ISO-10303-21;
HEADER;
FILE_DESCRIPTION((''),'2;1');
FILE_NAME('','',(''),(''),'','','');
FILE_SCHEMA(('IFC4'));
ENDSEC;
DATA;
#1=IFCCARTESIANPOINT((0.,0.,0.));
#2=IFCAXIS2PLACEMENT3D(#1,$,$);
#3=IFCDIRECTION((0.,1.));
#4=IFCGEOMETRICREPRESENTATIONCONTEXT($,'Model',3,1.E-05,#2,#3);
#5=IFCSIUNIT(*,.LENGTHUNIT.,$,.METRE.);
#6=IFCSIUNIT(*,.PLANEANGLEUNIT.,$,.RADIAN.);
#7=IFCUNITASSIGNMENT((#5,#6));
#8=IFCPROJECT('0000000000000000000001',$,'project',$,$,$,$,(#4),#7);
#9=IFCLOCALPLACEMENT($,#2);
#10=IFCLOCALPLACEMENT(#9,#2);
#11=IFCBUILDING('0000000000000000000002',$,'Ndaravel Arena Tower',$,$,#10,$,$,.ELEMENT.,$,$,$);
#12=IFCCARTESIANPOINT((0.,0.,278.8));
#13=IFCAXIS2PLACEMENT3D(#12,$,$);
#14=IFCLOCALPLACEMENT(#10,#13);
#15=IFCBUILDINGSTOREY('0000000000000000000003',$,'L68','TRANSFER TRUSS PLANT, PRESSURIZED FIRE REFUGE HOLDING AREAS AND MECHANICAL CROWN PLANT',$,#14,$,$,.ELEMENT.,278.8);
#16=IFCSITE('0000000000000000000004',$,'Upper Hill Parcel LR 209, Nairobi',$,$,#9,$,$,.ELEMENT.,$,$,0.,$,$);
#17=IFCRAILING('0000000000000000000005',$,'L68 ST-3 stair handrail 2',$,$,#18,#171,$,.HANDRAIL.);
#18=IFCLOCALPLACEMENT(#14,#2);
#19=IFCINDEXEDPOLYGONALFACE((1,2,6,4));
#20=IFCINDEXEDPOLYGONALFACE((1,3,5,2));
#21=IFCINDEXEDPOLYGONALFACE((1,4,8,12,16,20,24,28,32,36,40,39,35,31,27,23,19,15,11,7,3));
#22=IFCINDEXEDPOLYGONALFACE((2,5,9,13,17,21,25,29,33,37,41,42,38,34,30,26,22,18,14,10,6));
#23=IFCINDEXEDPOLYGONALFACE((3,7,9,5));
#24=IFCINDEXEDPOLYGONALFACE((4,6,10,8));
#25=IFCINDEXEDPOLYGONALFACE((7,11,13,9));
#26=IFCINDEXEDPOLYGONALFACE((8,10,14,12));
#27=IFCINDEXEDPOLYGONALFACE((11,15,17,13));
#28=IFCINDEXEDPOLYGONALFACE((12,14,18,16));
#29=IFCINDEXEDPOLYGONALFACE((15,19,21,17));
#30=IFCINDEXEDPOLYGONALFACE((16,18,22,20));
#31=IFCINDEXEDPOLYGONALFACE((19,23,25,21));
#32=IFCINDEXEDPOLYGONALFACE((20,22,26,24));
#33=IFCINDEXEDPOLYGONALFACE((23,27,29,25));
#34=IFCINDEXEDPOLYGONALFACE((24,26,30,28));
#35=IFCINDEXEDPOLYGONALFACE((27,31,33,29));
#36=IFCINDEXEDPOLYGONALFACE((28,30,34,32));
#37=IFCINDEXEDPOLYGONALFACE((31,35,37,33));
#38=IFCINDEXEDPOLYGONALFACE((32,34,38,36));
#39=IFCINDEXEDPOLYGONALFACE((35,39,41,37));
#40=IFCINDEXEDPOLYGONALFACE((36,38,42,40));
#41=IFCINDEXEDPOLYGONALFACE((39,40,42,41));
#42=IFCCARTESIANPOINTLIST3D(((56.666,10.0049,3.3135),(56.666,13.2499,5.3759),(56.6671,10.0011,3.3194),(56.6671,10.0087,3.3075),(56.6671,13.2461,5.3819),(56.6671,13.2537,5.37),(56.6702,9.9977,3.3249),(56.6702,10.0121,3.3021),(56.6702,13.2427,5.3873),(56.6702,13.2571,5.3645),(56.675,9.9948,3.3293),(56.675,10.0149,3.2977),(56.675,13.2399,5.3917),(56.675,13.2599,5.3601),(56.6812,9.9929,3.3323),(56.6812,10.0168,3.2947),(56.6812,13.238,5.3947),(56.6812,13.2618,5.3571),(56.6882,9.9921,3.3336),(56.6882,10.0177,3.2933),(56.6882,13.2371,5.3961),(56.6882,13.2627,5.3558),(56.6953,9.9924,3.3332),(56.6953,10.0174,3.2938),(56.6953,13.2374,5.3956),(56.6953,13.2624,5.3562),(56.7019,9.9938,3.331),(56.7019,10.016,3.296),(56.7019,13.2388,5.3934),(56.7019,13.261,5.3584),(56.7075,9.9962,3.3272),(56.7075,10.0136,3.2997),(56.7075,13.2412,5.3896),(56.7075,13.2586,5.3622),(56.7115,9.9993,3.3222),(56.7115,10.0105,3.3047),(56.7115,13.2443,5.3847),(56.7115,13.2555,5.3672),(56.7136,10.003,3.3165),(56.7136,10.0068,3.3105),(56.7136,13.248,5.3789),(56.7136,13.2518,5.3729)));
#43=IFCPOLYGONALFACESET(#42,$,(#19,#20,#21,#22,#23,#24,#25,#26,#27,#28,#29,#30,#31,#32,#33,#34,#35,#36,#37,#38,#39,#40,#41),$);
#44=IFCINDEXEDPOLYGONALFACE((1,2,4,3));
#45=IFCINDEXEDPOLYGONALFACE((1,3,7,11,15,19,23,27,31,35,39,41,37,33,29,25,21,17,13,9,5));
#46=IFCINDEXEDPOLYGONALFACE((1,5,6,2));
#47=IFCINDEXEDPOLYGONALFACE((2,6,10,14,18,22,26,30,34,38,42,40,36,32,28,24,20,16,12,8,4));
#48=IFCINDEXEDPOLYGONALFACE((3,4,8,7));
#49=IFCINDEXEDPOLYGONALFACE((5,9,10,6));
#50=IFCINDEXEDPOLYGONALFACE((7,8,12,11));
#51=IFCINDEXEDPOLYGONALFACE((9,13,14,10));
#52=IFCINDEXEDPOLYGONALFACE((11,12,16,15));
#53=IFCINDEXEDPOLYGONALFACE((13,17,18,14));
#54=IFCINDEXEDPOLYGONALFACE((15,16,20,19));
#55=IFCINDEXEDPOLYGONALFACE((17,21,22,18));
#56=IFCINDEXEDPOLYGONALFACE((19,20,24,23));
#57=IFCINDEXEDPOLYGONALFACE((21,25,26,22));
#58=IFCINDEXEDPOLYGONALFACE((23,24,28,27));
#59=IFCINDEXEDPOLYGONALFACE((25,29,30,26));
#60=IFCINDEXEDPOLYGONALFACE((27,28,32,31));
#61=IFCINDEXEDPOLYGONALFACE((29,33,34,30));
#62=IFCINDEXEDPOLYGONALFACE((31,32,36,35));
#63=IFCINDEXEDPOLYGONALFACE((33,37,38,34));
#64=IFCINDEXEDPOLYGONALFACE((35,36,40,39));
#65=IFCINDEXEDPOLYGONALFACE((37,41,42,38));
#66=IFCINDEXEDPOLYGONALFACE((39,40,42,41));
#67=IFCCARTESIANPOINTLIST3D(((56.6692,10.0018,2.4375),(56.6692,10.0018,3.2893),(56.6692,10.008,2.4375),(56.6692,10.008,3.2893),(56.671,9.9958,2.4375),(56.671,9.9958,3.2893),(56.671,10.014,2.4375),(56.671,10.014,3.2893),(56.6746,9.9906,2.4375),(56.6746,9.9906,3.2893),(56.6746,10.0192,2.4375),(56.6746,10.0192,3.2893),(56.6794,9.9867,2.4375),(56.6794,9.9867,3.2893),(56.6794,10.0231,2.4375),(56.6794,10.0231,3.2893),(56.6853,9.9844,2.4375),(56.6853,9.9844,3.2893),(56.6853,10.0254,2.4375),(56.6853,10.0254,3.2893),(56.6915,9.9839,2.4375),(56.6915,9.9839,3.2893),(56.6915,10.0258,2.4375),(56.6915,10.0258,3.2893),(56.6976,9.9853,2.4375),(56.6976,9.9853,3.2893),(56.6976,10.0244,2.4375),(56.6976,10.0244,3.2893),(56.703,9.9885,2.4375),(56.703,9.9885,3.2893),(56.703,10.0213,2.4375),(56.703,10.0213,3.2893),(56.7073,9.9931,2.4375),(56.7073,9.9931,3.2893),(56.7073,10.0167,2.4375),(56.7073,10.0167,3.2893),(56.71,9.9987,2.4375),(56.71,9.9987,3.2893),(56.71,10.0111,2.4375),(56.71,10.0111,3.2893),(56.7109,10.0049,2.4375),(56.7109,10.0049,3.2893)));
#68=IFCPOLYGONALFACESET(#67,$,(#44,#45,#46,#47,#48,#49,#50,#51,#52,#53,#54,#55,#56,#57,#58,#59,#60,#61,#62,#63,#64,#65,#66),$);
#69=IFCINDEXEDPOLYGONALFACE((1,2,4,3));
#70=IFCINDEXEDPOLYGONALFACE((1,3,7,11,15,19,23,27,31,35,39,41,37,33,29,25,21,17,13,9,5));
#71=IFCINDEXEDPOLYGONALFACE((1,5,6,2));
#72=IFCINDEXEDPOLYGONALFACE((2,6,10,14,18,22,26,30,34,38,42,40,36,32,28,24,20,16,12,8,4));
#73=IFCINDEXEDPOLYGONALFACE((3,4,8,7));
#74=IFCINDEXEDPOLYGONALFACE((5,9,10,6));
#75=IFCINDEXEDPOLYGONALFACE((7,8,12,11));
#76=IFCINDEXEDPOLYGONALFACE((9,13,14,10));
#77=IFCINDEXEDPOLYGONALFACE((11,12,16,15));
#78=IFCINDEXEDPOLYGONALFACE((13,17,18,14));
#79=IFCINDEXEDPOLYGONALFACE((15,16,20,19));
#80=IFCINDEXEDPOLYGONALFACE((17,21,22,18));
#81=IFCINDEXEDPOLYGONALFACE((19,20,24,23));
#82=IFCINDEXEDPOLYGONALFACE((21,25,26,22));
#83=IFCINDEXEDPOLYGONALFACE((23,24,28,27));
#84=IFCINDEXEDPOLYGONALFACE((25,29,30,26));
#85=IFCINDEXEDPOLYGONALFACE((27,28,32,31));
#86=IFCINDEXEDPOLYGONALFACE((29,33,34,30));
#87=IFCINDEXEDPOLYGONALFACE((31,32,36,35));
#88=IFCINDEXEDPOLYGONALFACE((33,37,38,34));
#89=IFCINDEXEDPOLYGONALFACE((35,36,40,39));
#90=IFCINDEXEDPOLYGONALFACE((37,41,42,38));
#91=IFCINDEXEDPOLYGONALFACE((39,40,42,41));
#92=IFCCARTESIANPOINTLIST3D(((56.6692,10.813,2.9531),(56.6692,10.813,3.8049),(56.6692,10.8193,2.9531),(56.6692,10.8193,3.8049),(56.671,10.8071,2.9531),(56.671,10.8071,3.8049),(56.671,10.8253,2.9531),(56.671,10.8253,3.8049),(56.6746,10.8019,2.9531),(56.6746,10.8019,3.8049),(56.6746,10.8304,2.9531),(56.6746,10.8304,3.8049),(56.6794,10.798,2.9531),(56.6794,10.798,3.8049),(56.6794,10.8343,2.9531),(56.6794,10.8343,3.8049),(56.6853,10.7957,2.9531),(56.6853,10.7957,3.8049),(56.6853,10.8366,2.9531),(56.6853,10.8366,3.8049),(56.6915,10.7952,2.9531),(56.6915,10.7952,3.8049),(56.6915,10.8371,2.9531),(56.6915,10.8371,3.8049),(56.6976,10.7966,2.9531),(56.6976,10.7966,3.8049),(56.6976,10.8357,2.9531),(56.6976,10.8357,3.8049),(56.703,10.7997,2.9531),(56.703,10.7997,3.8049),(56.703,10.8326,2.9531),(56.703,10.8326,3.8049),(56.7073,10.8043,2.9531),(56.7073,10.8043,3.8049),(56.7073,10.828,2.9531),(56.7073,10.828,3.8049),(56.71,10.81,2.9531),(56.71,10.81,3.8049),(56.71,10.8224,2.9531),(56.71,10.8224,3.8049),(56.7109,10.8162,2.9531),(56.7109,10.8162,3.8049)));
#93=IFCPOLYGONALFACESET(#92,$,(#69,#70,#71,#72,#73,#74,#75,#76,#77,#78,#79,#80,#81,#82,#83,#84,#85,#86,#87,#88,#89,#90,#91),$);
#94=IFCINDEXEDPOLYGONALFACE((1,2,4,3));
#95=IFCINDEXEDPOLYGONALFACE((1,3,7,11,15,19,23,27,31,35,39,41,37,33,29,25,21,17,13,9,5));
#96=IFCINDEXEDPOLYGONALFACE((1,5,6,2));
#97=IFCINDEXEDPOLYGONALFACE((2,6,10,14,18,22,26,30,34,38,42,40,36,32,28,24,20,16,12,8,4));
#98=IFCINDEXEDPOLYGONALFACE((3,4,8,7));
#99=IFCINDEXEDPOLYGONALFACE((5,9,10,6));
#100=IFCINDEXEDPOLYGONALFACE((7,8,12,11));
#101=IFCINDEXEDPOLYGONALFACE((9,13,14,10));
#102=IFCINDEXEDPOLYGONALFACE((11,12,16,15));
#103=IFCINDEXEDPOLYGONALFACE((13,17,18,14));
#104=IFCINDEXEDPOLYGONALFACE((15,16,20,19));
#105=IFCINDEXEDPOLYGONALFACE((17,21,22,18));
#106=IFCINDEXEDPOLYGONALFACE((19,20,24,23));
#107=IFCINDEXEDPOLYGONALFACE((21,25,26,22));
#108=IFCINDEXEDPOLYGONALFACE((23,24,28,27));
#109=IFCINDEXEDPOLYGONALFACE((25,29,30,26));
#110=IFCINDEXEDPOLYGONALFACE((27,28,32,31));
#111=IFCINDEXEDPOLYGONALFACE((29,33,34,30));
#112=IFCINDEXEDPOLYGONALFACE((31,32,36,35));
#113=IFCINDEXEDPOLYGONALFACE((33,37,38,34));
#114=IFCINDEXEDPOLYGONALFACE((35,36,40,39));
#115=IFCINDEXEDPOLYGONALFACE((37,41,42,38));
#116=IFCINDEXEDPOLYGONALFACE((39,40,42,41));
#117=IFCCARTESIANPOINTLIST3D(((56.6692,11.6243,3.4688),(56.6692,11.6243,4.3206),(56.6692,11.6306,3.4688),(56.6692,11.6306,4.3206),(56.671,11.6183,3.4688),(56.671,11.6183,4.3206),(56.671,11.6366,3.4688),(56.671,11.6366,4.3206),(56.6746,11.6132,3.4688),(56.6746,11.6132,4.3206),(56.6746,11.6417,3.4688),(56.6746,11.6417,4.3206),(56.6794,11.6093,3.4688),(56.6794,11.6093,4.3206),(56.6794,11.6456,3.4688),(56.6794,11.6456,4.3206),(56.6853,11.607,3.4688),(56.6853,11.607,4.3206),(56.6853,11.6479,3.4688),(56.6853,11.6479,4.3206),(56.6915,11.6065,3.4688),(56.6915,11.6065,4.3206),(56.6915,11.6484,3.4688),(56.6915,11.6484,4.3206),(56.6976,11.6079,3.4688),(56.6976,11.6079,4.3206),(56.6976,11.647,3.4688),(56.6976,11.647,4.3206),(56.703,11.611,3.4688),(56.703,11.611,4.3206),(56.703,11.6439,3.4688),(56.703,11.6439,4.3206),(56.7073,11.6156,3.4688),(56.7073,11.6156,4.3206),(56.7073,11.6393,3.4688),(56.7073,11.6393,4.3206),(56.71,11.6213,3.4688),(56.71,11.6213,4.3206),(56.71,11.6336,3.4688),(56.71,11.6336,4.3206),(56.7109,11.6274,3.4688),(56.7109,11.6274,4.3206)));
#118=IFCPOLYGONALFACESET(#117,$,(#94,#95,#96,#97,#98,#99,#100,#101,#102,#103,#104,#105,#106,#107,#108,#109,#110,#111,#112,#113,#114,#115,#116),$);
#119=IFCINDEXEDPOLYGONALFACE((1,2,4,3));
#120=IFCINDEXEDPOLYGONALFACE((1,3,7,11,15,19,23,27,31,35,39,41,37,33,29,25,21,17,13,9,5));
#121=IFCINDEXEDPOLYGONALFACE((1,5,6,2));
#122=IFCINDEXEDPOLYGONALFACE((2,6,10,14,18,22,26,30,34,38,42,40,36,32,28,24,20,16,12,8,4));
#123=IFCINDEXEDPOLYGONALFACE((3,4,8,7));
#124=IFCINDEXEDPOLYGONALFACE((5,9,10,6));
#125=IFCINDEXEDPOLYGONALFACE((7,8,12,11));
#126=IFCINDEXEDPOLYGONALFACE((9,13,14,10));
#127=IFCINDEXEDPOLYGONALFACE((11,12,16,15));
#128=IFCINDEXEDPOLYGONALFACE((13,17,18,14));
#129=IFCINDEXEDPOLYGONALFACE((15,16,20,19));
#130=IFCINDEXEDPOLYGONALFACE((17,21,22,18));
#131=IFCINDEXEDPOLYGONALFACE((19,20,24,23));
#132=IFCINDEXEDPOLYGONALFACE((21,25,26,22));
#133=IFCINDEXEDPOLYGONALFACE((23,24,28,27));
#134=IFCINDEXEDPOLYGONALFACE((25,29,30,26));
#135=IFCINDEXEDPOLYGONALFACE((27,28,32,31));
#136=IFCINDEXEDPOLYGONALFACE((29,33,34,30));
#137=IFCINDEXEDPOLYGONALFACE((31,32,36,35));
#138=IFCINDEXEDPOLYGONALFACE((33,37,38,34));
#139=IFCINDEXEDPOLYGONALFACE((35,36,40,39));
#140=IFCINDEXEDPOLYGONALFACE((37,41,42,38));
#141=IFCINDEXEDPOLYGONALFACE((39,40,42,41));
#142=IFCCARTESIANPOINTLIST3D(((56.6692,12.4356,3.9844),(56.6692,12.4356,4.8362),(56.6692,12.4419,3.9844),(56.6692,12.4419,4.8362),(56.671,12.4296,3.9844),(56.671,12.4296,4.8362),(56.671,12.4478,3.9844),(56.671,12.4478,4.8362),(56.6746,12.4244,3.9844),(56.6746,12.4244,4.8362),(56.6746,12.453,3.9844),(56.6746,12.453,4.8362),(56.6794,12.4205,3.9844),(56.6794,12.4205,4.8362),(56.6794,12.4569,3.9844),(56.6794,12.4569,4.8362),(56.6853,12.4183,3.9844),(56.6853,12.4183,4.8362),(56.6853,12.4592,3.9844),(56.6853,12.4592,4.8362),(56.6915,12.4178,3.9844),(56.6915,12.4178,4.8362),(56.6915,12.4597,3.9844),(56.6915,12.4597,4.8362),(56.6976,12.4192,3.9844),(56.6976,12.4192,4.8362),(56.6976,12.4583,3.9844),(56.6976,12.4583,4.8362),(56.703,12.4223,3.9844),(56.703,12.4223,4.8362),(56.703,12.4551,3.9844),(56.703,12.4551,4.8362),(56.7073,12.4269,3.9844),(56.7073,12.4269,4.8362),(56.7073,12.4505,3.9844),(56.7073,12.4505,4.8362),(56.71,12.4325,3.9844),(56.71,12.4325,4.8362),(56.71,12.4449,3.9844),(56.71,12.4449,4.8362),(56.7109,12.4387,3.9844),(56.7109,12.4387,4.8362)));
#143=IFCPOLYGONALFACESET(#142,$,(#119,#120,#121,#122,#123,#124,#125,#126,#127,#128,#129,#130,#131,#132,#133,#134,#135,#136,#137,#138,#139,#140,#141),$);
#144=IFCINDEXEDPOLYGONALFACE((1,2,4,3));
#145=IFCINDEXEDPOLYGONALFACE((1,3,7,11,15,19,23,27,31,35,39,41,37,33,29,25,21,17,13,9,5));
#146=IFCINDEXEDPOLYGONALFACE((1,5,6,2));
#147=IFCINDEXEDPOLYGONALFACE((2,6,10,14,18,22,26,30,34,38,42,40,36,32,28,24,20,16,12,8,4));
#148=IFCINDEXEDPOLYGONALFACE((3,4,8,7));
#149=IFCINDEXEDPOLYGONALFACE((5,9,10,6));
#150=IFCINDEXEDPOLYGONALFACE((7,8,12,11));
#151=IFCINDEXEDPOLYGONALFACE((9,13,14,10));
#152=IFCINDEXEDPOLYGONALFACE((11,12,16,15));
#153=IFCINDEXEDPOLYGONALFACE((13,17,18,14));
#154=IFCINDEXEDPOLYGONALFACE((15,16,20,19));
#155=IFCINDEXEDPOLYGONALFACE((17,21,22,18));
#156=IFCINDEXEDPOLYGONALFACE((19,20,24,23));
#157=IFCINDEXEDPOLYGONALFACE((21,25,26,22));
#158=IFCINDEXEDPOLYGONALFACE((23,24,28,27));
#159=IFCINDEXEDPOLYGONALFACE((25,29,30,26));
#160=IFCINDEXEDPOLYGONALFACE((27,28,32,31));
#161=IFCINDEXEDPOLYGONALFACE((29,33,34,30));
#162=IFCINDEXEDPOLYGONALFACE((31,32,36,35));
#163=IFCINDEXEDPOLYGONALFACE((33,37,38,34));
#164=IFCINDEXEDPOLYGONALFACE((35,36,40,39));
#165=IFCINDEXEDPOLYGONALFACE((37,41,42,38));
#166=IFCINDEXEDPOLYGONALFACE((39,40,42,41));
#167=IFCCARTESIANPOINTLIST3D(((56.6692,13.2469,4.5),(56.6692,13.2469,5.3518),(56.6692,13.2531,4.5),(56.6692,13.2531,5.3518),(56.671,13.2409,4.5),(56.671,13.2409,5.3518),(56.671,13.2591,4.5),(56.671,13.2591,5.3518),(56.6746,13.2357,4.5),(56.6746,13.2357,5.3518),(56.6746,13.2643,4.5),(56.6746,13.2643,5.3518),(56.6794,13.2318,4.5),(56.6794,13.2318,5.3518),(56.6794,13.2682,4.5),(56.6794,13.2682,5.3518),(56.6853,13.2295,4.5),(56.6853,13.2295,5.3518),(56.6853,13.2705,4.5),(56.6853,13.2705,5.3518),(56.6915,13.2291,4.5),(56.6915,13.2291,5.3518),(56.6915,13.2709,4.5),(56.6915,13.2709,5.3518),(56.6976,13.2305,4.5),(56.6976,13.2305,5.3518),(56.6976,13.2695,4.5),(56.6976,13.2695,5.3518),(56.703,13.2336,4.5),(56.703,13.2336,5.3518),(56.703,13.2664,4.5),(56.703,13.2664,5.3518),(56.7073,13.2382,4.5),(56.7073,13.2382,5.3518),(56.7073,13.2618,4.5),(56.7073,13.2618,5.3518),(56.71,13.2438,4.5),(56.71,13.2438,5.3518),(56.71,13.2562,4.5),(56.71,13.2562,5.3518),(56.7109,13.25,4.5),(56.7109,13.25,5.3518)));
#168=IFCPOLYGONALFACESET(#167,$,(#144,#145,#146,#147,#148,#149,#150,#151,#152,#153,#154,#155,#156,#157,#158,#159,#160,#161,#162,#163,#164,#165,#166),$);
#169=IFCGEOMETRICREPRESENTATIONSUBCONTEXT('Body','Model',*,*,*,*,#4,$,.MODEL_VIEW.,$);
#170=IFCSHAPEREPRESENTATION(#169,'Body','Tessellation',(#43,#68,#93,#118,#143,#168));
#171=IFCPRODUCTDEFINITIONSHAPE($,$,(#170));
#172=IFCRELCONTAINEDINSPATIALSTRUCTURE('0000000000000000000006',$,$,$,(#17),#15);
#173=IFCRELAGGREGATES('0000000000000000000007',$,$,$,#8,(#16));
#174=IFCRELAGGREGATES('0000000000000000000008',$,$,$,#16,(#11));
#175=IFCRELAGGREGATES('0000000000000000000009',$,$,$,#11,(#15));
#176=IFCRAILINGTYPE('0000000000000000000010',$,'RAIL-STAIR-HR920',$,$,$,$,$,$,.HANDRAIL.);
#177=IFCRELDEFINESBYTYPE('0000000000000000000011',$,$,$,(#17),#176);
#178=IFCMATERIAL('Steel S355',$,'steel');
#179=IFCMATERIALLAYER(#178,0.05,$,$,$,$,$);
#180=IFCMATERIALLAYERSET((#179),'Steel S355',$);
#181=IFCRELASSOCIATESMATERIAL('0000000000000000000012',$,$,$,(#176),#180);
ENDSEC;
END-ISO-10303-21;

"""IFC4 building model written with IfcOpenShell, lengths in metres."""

from ifc_helpers import new_model, si_unit, direction, frame, origin, origin_2d, place, context, subcontext, project, spatial, circle, extrude, material, layer, layer_set, type_object, element, save


model = new_model("IFC4")

# Units and contexts
model_context = context("Model", 3, precision=1e-05, world=origin(), true_north=direction((0.0, 1.0)))
body_context = subcontext(model_context, "Body", "Model", "MODEL_VIEW")
ifc_project = project(units=[si_unit("LENGTHUNIT", "METRE"), si_unit("PLANEANGLEUNIT", "RADIAN")], contexts=[model_context])

# Site, building, storey
site_placement = place(None, origin())
site = spatial("IfcSite", under=ifc_project, at=site_placement, Name="Upper Hill Parcel LR 209, Nairobi", CompositionType="ELEMENT", RefElevation=0.0)
building_placement = place(site_placement, origin())
building = spatial("IfcBuilding", under=site, at=building_placement, Name="Ndaravel Arena Tower", CompositionType="ELEMENT")
storey_placement = place(building_placement, frame((0.0, 0.0, 278.8)))
storey = spatial("IfcBuildingStorey", under=building, at=storey_placement, Name="L68", Description="TRANSFER TRUSS PLANT, PRESSURIZED FIRE REFUGE HOLDING AREAS AND MECHANICAL CROWN PLANT", CompositionType="ELEMENT", Elevation=278.8)

# Railing
ifc_material_1 = material(Name="Steel S355", Category="steel")
ifc_layer_1 = layer(ifc_material_1, 0.05)
ifc_layer_set_1 = layer_set([ifc_layer_1], Name="Steel S355")
railing_type_1 = type_object("IfcRailingType", Name="RAIL-STAIR-HR920", PredefinedType="HANDRAIL", material=ifc_layer_set_1)
railing_1_placement = place(storey_placement, frame((56.6899, 10.0049, 2.4375)))
element("IfcRailing", 1, at=railing_1_placement, inside=storey, type_object=railing_type_1, Name="L68 ST-3 stair handrail 2", PredefinedType="HANDRAIL", context=body_context, shape_type="SweptSolid", body=[
    extrude(circle(Radius=0.0239, at=origin_2d()), frame((0.0, 0.0, 0.876), z_axis=(0.0, 0.843965, 0.536399), x_axis=(-1.0, 0.0, 0.0)), (0.0, 0.0, 1.0), 3.845),
    extrude(circle(Radius=0.021, at=origin_2d()), origin(), (0.0, 0.0, 1.0), 0.8518),
    extrude(circle(Radius=0.021, at=origin_2d()), frame((0.0, 0.8113, 0.5156)), (0.0, 0.0, 1.0), 0.8518),
    extrude(circle(Radius=0.021, at=origin_2d()), frame((0.0, 1.6226, 1.0312)), (0.0, 0.0, 1.0), 0.8518),
    extrude(circle(Radius=0.021, at=origin_2d()), frame((0.0, 2.4338, 1.5469)), (0.0, 0.0, 1.0), 0.8518),
    extrude(circle(Radius=0.021, at=origin_2d()), frame((0.0, 3.2451, 2.0625)), (0.0, 0.0, 1.0), 0.8518),
])

save(model, "model.ifc")
